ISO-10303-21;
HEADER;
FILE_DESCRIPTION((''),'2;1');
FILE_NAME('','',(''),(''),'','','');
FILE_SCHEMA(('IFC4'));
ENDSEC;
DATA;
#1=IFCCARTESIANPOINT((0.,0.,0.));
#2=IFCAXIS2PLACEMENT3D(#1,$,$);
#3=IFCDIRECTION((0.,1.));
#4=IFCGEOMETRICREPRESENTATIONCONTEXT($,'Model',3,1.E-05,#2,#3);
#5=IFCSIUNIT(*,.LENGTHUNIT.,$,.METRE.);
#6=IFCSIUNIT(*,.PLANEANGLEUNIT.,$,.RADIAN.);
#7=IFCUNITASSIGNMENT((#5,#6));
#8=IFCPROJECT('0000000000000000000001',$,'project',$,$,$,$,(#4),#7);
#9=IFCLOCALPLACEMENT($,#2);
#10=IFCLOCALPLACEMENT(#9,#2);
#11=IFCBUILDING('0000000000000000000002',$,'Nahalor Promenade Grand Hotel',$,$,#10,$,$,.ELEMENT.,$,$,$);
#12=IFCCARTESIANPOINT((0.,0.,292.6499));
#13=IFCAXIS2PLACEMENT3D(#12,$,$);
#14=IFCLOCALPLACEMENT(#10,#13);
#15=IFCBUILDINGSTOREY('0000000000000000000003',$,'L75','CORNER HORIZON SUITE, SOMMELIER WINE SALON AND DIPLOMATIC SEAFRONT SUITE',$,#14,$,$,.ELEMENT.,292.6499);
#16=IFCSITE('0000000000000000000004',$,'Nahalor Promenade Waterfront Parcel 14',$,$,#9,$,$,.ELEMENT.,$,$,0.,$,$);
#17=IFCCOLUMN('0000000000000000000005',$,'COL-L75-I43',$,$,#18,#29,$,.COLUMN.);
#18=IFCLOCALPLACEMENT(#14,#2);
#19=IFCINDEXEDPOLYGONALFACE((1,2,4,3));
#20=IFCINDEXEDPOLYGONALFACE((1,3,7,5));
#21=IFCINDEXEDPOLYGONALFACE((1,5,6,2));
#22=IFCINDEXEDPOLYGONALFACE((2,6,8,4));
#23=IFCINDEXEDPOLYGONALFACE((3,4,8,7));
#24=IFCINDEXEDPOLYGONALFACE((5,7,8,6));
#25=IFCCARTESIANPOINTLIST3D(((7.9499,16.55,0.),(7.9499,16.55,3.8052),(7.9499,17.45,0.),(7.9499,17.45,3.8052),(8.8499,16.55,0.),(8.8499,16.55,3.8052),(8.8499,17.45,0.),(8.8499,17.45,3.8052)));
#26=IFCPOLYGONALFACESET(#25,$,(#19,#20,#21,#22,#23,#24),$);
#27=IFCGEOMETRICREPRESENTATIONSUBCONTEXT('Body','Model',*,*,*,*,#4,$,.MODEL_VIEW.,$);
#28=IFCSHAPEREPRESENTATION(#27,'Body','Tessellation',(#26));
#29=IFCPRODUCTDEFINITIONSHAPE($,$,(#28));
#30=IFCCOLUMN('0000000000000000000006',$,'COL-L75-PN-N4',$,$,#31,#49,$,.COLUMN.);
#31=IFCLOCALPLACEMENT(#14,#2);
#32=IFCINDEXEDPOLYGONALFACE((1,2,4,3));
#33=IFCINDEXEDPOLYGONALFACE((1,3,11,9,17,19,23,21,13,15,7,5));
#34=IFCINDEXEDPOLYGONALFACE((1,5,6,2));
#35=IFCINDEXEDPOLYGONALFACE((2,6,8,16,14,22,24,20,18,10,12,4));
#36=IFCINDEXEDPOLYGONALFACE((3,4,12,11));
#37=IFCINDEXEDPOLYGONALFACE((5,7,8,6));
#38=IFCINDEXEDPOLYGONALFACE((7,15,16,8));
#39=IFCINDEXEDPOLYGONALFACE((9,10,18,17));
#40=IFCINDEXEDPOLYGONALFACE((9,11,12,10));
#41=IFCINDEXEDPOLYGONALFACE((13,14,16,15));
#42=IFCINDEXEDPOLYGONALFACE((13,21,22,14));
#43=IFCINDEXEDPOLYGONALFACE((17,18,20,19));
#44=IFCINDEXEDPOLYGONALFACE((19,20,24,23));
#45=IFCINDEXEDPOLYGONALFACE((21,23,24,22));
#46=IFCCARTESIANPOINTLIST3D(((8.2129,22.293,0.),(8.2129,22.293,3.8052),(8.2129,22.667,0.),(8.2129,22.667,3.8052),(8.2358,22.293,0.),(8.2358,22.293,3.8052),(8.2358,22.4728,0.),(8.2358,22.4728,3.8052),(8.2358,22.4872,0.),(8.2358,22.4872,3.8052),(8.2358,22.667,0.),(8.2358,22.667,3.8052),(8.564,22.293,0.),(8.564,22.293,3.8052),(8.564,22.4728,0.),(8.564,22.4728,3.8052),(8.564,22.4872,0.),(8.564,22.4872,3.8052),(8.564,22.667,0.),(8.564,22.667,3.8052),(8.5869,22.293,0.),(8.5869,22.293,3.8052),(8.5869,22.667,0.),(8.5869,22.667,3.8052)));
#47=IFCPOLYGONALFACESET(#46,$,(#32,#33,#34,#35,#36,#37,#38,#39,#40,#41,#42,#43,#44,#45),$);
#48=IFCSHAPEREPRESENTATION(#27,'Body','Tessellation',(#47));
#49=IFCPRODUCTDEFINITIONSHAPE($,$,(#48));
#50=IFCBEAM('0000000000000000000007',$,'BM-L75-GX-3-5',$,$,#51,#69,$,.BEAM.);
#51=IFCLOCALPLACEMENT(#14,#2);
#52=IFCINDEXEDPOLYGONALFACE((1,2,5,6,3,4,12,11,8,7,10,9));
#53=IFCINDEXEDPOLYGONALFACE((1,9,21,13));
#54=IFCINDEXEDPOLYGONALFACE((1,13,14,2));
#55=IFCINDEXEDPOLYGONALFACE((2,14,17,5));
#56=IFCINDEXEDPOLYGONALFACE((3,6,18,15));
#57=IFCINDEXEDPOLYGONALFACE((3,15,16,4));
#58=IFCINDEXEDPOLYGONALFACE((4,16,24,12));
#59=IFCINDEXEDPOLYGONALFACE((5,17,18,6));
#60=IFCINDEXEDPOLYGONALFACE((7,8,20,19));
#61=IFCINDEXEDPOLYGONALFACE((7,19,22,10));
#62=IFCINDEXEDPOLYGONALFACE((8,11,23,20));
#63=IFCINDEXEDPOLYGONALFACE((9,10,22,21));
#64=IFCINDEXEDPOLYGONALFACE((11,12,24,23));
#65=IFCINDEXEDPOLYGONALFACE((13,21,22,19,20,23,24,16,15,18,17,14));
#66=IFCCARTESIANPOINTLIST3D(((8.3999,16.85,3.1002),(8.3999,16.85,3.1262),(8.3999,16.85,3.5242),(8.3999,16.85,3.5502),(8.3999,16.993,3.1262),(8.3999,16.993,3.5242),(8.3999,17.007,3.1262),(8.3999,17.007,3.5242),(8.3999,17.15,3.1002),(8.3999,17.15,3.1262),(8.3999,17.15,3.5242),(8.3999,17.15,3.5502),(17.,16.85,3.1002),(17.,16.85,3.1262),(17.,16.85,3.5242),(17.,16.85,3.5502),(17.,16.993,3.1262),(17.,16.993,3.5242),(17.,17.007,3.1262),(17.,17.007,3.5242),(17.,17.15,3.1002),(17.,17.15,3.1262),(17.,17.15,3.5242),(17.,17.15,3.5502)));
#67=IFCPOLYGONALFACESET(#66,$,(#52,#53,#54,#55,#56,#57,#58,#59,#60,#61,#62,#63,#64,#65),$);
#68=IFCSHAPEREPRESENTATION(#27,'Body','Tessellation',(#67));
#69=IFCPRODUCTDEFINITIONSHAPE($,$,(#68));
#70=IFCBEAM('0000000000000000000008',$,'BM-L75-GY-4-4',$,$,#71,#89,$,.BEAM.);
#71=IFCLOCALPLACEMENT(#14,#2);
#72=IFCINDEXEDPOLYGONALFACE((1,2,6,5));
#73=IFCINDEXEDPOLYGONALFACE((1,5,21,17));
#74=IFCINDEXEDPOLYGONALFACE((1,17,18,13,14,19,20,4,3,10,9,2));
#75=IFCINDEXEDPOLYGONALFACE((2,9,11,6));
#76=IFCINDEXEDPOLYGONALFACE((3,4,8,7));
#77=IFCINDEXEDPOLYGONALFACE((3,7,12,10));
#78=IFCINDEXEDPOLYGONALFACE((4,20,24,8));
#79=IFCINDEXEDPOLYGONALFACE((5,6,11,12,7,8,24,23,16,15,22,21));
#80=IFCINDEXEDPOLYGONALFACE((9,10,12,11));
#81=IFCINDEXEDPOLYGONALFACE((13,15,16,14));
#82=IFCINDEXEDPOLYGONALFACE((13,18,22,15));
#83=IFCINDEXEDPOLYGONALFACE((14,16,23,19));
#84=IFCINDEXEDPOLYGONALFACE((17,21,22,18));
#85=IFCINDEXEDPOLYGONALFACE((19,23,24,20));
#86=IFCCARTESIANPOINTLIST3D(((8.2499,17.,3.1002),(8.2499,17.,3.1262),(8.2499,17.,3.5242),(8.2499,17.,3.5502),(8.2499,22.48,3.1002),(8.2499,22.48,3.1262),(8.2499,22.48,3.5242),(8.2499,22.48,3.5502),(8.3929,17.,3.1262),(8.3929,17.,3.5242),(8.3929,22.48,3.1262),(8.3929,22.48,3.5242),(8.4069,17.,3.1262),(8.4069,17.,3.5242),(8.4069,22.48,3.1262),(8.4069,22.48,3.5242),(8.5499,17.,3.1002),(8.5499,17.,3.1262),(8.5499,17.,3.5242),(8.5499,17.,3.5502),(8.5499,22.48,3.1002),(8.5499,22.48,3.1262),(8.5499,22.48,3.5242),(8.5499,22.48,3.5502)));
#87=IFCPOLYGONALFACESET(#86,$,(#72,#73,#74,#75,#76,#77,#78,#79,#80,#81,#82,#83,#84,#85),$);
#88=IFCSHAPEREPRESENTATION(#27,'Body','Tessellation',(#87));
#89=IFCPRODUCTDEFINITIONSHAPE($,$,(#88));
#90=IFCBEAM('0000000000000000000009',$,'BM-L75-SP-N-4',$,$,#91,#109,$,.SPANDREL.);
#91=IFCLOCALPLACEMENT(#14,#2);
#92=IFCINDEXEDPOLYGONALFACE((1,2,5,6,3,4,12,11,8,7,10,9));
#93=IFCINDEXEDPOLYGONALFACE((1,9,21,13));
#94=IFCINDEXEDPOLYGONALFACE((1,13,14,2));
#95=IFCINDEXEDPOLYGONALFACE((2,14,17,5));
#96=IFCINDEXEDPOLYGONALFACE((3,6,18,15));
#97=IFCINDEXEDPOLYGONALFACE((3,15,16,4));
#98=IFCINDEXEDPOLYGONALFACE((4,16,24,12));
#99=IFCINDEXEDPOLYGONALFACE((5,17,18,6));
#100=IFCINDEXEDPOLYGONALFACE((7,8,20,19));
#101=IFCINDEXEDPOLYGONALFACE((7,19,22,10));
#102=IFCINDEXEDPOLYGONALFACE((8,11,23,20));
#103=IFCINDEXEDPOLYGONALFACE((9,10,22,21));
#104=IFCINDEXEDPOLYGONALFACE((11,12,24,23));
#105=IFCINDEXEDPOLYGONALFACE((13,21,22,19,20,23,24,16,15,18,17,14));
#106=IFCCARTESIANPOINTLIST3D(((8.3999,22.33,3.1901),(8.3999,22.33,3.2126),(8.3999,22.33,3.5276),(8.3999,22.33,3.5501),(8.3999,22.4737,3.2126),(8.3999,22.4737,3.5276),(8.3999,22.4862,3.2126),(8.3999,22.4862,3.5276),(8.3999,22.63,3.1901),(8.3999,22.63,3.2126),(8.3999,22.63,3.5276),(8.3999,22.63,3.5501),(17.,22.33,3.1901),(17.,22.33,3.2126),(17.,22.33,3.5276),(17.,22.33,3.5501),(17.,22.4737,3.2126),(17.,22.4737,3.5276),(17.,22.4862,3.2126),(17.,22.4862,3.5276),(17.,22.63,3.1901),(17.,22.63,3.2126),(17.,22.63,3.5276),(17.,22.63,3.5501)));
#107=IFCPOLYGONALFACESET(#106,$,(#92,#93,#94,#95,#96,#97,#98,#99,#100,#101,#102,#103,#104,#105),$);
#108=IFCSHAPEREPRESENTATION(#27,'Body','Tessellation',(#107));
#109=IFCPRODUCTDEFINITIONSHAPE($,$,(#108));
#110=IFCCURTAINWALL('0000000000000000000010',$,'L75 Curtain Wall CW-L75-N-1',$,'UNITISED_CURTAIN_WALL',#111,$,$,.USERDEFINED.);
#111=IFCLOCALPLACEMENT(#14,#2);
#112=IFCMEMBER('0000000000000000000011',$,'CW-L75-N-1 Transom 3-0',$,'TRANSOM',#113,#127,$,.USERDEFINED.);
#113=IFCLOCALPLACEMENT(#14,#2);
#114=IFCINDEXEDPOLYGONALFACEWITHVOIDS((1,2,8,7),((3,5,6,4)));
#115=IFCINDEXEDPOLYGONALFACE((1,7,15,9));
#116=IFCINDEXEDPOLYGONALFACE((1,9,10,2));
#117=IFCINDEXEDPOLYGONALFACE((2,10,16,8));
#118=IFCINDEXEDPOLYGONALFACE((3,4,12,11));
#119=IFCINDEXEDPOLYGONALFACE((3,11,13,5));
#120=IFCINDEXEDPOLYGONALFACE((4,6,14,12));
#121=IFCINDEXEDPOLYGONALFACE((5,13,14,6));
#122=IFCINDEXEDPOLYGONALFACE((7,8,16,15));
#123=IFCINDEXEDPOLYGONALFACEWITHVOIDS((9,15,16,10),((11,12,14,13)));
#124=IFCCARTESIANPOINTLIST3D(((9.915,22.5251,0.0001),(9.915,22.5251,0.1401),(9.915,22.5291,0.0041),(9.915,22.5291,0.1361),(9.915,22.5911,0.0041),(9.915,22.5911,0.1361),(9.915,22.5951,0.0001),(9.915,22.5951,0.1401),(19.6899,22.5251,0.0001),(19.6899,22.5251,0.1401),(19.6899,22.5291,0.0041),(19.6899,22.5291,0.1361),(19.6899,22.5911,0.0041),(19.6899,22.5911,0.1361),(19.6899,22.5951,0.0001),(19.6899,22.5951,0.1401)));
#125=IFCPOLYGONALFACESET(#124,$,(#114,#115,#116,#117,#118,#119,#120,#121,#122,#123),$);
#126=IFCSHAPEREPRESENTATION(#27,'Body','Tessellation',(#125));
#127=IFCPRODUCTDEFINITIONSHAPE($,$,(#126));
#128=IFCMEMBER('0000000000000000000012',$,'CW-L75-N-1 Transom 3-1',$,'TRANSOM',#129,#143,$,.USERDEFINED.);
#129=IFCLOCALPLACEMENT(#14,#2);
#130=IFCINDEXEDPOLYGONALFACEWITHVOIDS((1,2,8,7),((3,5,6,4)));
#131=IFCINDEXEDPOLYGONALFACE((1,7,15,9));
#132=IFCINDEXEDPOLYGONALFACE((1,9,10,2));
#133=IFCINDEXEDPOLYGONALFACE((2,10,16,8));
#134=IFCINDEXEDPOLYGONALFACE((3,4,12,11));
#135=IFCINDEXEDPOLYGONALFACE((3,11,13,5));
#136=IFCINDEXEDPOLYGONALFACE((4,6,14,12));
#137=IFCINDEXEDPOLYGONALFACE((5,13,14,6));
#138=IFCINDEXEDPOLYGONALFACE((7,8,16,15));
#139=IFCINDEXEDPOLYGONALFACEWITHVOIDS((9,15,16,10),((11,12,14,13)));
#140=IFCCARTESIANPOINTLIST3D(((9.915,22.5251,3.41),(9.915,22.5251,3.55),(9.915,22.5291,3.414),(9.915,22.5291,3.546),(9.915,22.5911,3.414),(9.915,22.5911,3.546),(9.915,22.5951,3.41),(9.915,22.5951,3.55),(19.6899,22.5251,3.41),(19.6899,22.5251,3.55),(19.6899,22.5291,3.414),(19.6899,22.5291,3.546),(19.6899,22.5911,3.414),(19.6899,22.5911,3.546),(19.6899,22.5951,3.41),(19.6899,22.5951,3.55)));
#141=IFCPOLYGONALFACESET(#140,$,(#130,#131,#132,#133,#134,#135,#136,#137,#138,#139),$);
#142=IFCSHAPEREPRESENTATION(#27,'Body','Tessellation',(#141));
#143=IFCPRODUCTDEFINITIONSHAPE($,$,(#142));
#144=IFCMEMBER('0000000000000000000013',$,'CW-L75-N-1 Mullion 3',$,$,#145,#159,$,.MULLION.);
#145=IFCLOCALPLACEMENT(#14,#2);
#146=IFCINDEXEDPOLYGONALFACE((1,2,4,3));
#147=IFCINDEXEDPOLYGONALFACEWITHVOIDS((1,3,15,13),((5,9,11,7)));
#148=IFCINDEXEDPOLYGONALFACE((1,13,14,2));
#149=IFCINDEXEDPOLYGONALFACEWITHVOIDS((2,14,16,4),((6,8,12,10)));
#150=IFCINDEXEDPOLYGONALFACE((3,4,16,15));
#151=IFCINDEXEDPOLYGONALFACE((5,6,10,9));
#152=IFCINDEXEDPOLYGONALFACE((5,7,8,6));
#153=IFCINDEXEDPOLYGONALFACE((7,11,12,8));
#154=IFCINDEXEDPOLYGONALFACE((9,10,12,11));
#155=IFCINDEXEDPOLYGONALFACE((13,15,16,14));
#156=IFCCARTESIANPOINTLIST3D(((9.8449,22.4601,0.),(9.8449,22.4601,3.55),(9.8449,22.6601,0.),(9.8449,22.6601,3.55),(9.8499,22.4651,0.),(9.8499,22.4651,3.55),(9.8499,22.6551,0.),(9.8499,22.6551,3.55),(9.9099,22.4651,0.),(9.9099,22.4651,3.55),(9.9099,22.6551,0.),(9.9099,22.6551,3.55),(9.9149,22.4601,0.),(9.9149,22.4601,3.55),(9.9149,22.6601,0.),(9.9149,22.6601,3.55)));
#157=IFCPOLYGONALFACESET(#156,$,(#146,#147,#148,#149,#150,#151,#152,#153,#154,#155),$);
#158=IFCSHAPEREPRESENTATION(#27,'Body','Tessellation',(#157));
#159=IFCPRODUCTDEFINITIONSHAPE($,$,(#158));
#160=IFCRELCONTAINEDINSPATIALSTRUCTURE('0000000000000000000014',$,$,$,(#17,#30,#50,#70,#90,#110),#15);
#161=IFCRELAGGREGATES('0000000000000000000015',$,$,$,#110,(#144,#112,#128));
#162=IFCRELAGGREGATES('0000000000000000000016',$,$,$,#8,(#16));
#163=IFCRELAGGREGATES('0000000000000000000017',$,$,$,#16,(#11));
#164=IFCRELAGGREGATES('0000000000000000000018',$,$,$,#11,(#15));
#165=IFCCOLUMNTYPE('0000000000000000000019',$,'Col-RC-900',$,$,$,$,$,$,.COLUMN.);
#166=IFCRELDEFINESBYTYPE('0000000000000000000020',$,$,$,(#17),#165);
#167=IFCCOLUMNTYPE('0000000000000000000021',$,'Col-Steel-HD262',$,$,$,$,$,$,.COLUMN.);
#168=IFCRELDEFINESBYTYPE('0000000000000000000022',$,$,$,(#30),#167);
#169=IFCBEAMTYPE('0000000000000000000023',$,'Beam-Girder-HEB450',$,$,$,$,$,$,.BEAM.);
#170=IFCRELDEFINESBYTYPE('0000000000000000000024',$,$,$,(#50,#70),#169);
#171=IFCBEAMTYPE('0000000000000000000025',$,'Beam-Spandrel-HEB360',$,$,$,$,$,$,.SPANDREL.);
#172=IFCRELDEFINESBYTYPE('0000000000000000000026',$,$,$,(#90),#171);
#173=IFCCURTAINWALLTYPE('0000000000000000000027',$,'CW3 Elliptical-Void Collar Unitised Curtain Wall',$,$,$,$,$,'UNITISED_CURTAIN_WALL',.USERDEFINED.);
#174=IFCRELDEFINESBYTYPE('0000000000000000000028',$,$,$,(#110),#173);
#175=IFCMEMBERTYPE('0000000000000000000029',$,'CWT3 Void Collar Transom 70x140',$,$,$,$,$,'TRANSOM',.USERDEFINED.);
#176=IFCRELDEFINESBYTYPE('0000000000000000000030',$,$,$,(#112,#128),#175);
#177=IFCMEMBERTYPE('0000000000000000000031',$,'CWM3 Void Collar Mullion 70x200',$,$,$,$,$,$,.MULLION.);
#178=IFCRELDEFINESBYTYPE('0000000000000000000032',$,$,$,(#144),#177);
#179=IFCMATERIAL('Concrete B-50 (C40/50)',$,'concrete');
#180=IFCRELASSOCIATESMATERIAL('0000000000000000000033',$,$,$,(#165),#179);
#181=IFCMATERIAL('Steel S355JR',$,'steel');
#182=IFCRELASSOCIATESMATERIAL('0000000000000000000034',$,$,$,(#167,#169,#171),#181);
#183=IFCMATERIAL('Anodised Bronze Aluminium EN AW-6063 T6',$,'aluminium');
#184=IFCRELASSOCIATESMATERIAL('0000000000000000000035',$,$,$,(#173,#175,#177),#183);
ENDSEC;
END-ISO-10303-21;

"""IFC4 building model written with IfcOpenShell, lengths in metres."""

from ifc_helpers import new_model, si_unit, direction, frame, origin, origin_2d, place, context, subcontext, project, spatial, rectangle, hollow_rectangle, i_section, extrude, source, transform, mapped, material, material_profile, profile_set, type_object, element, aggregate, save


model = new_model("IFC4")

# Units and contexts
model_context = context("Model", 3, precision=1e-05, world=origin(), true_north=direction((0.0, 1.0)))
body_context = subcontext(model_context, "Body", "Model", "MODEL_VIEW")
ifc_project = project(units=[si_unit("LENGTHUNIT", "METRE"), si_unit("PLANEANGLEUNIT", "RADIAN")], contexts=[model_context])

# Site, building, storey
site_placement = place(None, origin())
site = spatial("IfcSite", under=ifc_project, at=site_placement, Name="Nahalor Promenade Waterfront Parcel 14", CompositionType="ELEMENT", RefElevation=0.0)
building_placement = place(site_placement, origin())
building = spatial("IfcBuilding", under=site, at=building_placement, Name="Nahalor Promenade Grand Hotel", CompositionType="ELEMENT")
storey_placement = place(building_placement, frame((0.0, 0.0, 292.6499)))
storey = spatial("IfcBuildingStorey", under=building, at=storey_placement, Name="L75", Description="CORNER HORIZON SUITE, SOMMELIER WINE SALON AND DIPLOMATIC SEAFRONT SUITE", CompositionType="ELEMENT", Elevation=292.6499)

# Columns
ifc_material_1 = material(Name="Concrete B-50 (C40/50)", Category="concrete")
ifc_material_profile_1 = material_profile(ifc_material_1, rectangle(XDim=0.9, YDim=0.9, at=origin_2d()), Name="RC 900x900")
ifc_profile_set_1 = profile_set([ifc_material_profile_1], Name="Concrete B-50 (C40/50)")
column_type_1 = type_object("IfcColumnType", Name="Col-RC-900", PredefinedType="COLUMN", material=ifc_profile_set_1)
shared_shape_1 = source(origin(), body_context, "Body", "SweptSolid", [
    extrude(rectangle(XDim=0.9, YDim=0.9, at=origin_2d()), origin(), (0.0, 0.0, 1.0), 3.8052),
])
column_1_placement = place(storey_placement, frame((8.3999, 17.0, 0.0), z_axis=(0.0, 0.0, 1.0), x_axis=(1.0, 0.0, 0.0)))
element("IfcColumn", 1, at=column_1_placement, inside=storey, type_object=column_type_1, Name="COL-L75-I43", PredefinedType="COLUMN", context=body_context, shape_type="MappedRepresentation", body=[
    mapped(shared_shape_1, transform((0.0, 0.0, 0.0), scale=1.0)),
])
ifc_material_2 = material(Name="Steel S355JR", Category="steel")
ifc_material_profile_2 = material_profile(ifc_material_2, i_section(OverallWidth=0.374, OverallDepth=0.374, WebThickness=0.0144, FlangeThickness=0.0229, at=origin_2d()), Name="HD 360x262")
ifc_profile_set_2 = profile_set([ifc_material_profile_2], Name="Steel S355JR")
column_type_2 = type_object("IfcColumnType", Name="Col-Steel-HD262", PredefinedType="COLUMN", material=ifc_profile_set_2)
shared_shape_2 = source(origin(), body_context, "Body", "SweptSolid", [
    extrude(i_section(OverallWidth=0.374, OverallDepth=0.374, WebThickness=0.0144, FlangeThickness=0.0229, at=origin_2d()), origin(), (0.0, 0.0, 1.0), 3.8052),
])
column_2_placement = place(storey_placement, frame((8.3999, 22.48, 0.0), z_axis=(0.0, 0.0, 1.0), x_axis=(0.0, 1.0, 0.0)))
element("IfcColumn", 2, at=column_2_placement, inside=storey, type_object=column_type_2, Name="COL-L75-PN-N4", PredefinedType="COLUMN", context=body_context, shape_type="MappedRepresentation", body=[
    mapped(shared_shape_2, transform((0.0, 0.0, 0.0), scale=1.0)),
])

# Beams
ifc_material_profile_3 = material_profile(ifc_material_2, i_section(OverallWidth=0.3, OverallDepth=0.45, WebThickness=0.014, FlangeThickness=0.026, at=origin_2d()), Name="HEB 450")
ifc_profile_set_3 = profile_set([ifc_material_profile_3], Name="Steel S355JR")
beam_type_1 = type_object("IfcBeamType", Name="Beam-Girder-HEB450", PredefinedType="BEAM", material=ifc_profile_set_3)
shared_shape_3 = source(origin(), body_context, "Body", "SweptSolid", [
    extrude(i_section(OverallWidth=0.3, OverallDepth=0.45, WebThickness=0.014, FlangeThickness=0.026, at=origin_2d()), origin(), (0.0, 0.0, 1.0), 8.6001),
])
beam_1_placement = place(storey_placement, frame((8.3999, 17.0, 3.3252), z_axis=(1.0, 0.0, 0.0), x_axis=(0.0, 1.0, 0.0)))
element("IfcBeam", 3, at=beam_1_placement, inside=storey, type_object=beam_type_1, Name="BM-L75-GX-3-5", PredefinedType="BEAM", context=body_context, shape_type="MappedRepresentation", body=[
    mapped(shared_shape_3, transform((0.0, 0.0, 0.0), scale=1.0)),
])
shared_shape_4 = source(origin(), body_context, "Body", "SweptSolid", [
    extrude(i_section(OverallWidth=0.3, OverallDepth=0.45, WebThickness=0.014, FlangeThickness=0.026, at=origin_2d()), origin(), (0.0, 0.0, 1.0), 5.48),
])
beam_2_placement = place(storey_placement, frame((8.3999, 17.0, 3.3252), z_axis=(0.0, 1.0, 0.0), x_axis=(-1.0, 0.0, 0.0)))
element("IfcBeam", 4, at=beam_2_placement, inside=storey, type_object=beam_type_1, Name="BM-L75-GY-4-4", PredefinedType="BEAM", context=body_context, shape_type="MappedRepresentation", body=[
    mapped(shared_shape_4, transform((0.0, 0.0, 0.0), scale=1.0)),
])
ifc_material_profile_4 = material_profile(ifc_material_2, i_section(OverallWidth=0.3, OverallDepth=0.36, WebThickness=0.0125, FlangeThickness=0.0225, at=origin_2d()), Name="HEB 360")
ifc_profile_set_4 = profile_set([ifc_material_profile_4], Name="Steel S355JR")
beam_type_2 = type_object("IfcBeamType", Name="Beam-Spandrel-HEB360", PredefinedType="SPANDREL", material=ifc_profile_set_4)
shared_shape_5 = source(origin(), body_context, "Body", "SweptSolid", [
    extrude(i_section(OverallWidth=0.3, OverallDepth=0.36, WebThickness=0.0125, FlangeThickness=0.0225, at=origin_2d()), origin(), (0.0, 0.0, 1.0), 8.6001),
])
beam_3_placement = place(storey_placement, frame((8.3999, 22.48, 3.3701), z_axis=(1.0, 0.0, 0.0), x_axis=(0.0, 1.0, 0.0)))
element("IfcBeam", 5, at=beam_3_placement, inside=storey, type_object=beam_type_2, Name="BM-L75-SP-N-4", PredefinedType="SPANDREL", context=body_context, shape_type="MappedRepresentation", body=[
    mapped(shared_shape_5, transform((0.0, 0.0, 0.0), scale=1.0)),
])

# Curtain wall, members
ifc_material_3 = material(Name="Anodised Bronze Aluminium EN AW-6063 T6", Category="aluminium")
curtain_wall_type = type_object("IfcCurtainWallType", Name="CW3 Elliptical-Void Collar Unitised Curtain Wall", ElementType="UNITISED_CURTAIN_WALL", PredefinedType="USERDEFINED", material=ifc_material_3)
curtain_wall_placement = place(storey_placement, origin())
curtain_wall = element("IfcCurtainWall", 6, at=curtain_wall_placement, inside=storey, type_object=curtain_wall_type, Name="L75 Curtain Wall CW-L75-N-1", ObjectType="UNITISED_CURTAIN_WALL", PredefinedType="USERDEFINED")
ifc_material_profile_5 = material_profile(ifc_material_3, hollow_rectangle(XDim=0.07, YDim=0.14, WallThickness=0.004, at=origin_2d()), Name="CWT 70x140x4")
ifc_profile_set_5 = profile_set([ifc_material_profile_5], Name="Anodised Bronze Aluminium EN AW-6063 T6")
member_type_1 = type_object("IfcMemberType", Name="CWT3 Void Collar Transom 70x140", ElementType="TRANSOM", PredefinedType="USERDEFINED", material=ifc_profile_set_5)
shared_shape_6 = source(origin(), body_context, "Body", "SweptSolid", [
    extrude(hollow_rectangle(XDim=0.07, YDim=0.14, WallThickness=0.004, at=origin_2d()), origin(), (0.0, 0.0, 1.0), 9.7749),
])
member_1_placement = place(storey_placement, frame((9.915, 22.5601, 0.0701), z_axis=(1.0, 0.0, 0.0), x_axis=(0.0, 1.0, 0.0)))
member_1 = element("IfcMember", 7, at=member_1_placement, type_object=member_type_1, Name="CW-L75-N-1 Transom 3-0", ObjectType="TRANSOM", PredefinedType="USERDEFINED", context=body_context, shape_type="MappedRepresentation", body=[
    mapped(shared_shape_6, transform((0.0, 0.0, 0.0), scale=1.0)),
])
member_2_placement = place(storey_placement, frame((9.915, 22.5601, 3.48), z_axis=(1.0, 0.0, 0.0), x_axis=(0.0, 1.0, 0.0)))
member_2 = element("IfcMember", 8, at=member_2_placement, type_object=member_type_1, Name="CW-L75-N-1 Transom 3-1", ObjectType="TRANSOM", PredefinedType="USERDEFINED", context=body_context, shape_type="MappedRepresentation", body=[
    mapped(shared_shape_6, transform((0.0, 0.0, 0.0), scale=1.0)),
])
ifc_material_profile_6 = material_profile(ifc_material_3, hollow_rectangle(XDim=0.07, YDim=0.2, WallThickness=0.005, at=origin_2d()), Name="CWM 70x200x5")
ifc_profile_set_6 = profile_set([ifc_material_profile_6], Name="Anodised Bronze Aluminium EN AW-6063 T6")
member_type_2 = type_object("IfcMemberType", Name="CWM3 Void Collar Mullion 70x200", PredefinedType="MULLION", material=ifc_profile_set_6)
shared_shape_7 = source(origin(), body_context, "Body", "SweptSolid", [
    extrude(hollow_rectangle(XDim=0.07, YDim=0.2, WallThickness=0.005, at=origin_2d()), origin(), (0.0, 0.0, 1.0), 3.55),
])
member_3_placement = place(storey_placement, frame((9.8799, 22.5601, 0.0), z_axis=(0.0, 0.0, 1.0), x_axis=(1.0, 0.0, 0.0)))
member_3 = element("IfcMember", 9, at=member_3_placement, type_object=member_type_2, Name="CW-L75-N-1 Mullion 3", PredefinedType="MULLION", context=body_context, shape_type="MappedRepresentation", body=[
    mapped(shared_shape_7, transform((0.0, 0.0, 0.0), scale=1.0)),
])
aggregate(curtain_wall, [member_3, member_1, member_2])

save(model, "model.ifc")
